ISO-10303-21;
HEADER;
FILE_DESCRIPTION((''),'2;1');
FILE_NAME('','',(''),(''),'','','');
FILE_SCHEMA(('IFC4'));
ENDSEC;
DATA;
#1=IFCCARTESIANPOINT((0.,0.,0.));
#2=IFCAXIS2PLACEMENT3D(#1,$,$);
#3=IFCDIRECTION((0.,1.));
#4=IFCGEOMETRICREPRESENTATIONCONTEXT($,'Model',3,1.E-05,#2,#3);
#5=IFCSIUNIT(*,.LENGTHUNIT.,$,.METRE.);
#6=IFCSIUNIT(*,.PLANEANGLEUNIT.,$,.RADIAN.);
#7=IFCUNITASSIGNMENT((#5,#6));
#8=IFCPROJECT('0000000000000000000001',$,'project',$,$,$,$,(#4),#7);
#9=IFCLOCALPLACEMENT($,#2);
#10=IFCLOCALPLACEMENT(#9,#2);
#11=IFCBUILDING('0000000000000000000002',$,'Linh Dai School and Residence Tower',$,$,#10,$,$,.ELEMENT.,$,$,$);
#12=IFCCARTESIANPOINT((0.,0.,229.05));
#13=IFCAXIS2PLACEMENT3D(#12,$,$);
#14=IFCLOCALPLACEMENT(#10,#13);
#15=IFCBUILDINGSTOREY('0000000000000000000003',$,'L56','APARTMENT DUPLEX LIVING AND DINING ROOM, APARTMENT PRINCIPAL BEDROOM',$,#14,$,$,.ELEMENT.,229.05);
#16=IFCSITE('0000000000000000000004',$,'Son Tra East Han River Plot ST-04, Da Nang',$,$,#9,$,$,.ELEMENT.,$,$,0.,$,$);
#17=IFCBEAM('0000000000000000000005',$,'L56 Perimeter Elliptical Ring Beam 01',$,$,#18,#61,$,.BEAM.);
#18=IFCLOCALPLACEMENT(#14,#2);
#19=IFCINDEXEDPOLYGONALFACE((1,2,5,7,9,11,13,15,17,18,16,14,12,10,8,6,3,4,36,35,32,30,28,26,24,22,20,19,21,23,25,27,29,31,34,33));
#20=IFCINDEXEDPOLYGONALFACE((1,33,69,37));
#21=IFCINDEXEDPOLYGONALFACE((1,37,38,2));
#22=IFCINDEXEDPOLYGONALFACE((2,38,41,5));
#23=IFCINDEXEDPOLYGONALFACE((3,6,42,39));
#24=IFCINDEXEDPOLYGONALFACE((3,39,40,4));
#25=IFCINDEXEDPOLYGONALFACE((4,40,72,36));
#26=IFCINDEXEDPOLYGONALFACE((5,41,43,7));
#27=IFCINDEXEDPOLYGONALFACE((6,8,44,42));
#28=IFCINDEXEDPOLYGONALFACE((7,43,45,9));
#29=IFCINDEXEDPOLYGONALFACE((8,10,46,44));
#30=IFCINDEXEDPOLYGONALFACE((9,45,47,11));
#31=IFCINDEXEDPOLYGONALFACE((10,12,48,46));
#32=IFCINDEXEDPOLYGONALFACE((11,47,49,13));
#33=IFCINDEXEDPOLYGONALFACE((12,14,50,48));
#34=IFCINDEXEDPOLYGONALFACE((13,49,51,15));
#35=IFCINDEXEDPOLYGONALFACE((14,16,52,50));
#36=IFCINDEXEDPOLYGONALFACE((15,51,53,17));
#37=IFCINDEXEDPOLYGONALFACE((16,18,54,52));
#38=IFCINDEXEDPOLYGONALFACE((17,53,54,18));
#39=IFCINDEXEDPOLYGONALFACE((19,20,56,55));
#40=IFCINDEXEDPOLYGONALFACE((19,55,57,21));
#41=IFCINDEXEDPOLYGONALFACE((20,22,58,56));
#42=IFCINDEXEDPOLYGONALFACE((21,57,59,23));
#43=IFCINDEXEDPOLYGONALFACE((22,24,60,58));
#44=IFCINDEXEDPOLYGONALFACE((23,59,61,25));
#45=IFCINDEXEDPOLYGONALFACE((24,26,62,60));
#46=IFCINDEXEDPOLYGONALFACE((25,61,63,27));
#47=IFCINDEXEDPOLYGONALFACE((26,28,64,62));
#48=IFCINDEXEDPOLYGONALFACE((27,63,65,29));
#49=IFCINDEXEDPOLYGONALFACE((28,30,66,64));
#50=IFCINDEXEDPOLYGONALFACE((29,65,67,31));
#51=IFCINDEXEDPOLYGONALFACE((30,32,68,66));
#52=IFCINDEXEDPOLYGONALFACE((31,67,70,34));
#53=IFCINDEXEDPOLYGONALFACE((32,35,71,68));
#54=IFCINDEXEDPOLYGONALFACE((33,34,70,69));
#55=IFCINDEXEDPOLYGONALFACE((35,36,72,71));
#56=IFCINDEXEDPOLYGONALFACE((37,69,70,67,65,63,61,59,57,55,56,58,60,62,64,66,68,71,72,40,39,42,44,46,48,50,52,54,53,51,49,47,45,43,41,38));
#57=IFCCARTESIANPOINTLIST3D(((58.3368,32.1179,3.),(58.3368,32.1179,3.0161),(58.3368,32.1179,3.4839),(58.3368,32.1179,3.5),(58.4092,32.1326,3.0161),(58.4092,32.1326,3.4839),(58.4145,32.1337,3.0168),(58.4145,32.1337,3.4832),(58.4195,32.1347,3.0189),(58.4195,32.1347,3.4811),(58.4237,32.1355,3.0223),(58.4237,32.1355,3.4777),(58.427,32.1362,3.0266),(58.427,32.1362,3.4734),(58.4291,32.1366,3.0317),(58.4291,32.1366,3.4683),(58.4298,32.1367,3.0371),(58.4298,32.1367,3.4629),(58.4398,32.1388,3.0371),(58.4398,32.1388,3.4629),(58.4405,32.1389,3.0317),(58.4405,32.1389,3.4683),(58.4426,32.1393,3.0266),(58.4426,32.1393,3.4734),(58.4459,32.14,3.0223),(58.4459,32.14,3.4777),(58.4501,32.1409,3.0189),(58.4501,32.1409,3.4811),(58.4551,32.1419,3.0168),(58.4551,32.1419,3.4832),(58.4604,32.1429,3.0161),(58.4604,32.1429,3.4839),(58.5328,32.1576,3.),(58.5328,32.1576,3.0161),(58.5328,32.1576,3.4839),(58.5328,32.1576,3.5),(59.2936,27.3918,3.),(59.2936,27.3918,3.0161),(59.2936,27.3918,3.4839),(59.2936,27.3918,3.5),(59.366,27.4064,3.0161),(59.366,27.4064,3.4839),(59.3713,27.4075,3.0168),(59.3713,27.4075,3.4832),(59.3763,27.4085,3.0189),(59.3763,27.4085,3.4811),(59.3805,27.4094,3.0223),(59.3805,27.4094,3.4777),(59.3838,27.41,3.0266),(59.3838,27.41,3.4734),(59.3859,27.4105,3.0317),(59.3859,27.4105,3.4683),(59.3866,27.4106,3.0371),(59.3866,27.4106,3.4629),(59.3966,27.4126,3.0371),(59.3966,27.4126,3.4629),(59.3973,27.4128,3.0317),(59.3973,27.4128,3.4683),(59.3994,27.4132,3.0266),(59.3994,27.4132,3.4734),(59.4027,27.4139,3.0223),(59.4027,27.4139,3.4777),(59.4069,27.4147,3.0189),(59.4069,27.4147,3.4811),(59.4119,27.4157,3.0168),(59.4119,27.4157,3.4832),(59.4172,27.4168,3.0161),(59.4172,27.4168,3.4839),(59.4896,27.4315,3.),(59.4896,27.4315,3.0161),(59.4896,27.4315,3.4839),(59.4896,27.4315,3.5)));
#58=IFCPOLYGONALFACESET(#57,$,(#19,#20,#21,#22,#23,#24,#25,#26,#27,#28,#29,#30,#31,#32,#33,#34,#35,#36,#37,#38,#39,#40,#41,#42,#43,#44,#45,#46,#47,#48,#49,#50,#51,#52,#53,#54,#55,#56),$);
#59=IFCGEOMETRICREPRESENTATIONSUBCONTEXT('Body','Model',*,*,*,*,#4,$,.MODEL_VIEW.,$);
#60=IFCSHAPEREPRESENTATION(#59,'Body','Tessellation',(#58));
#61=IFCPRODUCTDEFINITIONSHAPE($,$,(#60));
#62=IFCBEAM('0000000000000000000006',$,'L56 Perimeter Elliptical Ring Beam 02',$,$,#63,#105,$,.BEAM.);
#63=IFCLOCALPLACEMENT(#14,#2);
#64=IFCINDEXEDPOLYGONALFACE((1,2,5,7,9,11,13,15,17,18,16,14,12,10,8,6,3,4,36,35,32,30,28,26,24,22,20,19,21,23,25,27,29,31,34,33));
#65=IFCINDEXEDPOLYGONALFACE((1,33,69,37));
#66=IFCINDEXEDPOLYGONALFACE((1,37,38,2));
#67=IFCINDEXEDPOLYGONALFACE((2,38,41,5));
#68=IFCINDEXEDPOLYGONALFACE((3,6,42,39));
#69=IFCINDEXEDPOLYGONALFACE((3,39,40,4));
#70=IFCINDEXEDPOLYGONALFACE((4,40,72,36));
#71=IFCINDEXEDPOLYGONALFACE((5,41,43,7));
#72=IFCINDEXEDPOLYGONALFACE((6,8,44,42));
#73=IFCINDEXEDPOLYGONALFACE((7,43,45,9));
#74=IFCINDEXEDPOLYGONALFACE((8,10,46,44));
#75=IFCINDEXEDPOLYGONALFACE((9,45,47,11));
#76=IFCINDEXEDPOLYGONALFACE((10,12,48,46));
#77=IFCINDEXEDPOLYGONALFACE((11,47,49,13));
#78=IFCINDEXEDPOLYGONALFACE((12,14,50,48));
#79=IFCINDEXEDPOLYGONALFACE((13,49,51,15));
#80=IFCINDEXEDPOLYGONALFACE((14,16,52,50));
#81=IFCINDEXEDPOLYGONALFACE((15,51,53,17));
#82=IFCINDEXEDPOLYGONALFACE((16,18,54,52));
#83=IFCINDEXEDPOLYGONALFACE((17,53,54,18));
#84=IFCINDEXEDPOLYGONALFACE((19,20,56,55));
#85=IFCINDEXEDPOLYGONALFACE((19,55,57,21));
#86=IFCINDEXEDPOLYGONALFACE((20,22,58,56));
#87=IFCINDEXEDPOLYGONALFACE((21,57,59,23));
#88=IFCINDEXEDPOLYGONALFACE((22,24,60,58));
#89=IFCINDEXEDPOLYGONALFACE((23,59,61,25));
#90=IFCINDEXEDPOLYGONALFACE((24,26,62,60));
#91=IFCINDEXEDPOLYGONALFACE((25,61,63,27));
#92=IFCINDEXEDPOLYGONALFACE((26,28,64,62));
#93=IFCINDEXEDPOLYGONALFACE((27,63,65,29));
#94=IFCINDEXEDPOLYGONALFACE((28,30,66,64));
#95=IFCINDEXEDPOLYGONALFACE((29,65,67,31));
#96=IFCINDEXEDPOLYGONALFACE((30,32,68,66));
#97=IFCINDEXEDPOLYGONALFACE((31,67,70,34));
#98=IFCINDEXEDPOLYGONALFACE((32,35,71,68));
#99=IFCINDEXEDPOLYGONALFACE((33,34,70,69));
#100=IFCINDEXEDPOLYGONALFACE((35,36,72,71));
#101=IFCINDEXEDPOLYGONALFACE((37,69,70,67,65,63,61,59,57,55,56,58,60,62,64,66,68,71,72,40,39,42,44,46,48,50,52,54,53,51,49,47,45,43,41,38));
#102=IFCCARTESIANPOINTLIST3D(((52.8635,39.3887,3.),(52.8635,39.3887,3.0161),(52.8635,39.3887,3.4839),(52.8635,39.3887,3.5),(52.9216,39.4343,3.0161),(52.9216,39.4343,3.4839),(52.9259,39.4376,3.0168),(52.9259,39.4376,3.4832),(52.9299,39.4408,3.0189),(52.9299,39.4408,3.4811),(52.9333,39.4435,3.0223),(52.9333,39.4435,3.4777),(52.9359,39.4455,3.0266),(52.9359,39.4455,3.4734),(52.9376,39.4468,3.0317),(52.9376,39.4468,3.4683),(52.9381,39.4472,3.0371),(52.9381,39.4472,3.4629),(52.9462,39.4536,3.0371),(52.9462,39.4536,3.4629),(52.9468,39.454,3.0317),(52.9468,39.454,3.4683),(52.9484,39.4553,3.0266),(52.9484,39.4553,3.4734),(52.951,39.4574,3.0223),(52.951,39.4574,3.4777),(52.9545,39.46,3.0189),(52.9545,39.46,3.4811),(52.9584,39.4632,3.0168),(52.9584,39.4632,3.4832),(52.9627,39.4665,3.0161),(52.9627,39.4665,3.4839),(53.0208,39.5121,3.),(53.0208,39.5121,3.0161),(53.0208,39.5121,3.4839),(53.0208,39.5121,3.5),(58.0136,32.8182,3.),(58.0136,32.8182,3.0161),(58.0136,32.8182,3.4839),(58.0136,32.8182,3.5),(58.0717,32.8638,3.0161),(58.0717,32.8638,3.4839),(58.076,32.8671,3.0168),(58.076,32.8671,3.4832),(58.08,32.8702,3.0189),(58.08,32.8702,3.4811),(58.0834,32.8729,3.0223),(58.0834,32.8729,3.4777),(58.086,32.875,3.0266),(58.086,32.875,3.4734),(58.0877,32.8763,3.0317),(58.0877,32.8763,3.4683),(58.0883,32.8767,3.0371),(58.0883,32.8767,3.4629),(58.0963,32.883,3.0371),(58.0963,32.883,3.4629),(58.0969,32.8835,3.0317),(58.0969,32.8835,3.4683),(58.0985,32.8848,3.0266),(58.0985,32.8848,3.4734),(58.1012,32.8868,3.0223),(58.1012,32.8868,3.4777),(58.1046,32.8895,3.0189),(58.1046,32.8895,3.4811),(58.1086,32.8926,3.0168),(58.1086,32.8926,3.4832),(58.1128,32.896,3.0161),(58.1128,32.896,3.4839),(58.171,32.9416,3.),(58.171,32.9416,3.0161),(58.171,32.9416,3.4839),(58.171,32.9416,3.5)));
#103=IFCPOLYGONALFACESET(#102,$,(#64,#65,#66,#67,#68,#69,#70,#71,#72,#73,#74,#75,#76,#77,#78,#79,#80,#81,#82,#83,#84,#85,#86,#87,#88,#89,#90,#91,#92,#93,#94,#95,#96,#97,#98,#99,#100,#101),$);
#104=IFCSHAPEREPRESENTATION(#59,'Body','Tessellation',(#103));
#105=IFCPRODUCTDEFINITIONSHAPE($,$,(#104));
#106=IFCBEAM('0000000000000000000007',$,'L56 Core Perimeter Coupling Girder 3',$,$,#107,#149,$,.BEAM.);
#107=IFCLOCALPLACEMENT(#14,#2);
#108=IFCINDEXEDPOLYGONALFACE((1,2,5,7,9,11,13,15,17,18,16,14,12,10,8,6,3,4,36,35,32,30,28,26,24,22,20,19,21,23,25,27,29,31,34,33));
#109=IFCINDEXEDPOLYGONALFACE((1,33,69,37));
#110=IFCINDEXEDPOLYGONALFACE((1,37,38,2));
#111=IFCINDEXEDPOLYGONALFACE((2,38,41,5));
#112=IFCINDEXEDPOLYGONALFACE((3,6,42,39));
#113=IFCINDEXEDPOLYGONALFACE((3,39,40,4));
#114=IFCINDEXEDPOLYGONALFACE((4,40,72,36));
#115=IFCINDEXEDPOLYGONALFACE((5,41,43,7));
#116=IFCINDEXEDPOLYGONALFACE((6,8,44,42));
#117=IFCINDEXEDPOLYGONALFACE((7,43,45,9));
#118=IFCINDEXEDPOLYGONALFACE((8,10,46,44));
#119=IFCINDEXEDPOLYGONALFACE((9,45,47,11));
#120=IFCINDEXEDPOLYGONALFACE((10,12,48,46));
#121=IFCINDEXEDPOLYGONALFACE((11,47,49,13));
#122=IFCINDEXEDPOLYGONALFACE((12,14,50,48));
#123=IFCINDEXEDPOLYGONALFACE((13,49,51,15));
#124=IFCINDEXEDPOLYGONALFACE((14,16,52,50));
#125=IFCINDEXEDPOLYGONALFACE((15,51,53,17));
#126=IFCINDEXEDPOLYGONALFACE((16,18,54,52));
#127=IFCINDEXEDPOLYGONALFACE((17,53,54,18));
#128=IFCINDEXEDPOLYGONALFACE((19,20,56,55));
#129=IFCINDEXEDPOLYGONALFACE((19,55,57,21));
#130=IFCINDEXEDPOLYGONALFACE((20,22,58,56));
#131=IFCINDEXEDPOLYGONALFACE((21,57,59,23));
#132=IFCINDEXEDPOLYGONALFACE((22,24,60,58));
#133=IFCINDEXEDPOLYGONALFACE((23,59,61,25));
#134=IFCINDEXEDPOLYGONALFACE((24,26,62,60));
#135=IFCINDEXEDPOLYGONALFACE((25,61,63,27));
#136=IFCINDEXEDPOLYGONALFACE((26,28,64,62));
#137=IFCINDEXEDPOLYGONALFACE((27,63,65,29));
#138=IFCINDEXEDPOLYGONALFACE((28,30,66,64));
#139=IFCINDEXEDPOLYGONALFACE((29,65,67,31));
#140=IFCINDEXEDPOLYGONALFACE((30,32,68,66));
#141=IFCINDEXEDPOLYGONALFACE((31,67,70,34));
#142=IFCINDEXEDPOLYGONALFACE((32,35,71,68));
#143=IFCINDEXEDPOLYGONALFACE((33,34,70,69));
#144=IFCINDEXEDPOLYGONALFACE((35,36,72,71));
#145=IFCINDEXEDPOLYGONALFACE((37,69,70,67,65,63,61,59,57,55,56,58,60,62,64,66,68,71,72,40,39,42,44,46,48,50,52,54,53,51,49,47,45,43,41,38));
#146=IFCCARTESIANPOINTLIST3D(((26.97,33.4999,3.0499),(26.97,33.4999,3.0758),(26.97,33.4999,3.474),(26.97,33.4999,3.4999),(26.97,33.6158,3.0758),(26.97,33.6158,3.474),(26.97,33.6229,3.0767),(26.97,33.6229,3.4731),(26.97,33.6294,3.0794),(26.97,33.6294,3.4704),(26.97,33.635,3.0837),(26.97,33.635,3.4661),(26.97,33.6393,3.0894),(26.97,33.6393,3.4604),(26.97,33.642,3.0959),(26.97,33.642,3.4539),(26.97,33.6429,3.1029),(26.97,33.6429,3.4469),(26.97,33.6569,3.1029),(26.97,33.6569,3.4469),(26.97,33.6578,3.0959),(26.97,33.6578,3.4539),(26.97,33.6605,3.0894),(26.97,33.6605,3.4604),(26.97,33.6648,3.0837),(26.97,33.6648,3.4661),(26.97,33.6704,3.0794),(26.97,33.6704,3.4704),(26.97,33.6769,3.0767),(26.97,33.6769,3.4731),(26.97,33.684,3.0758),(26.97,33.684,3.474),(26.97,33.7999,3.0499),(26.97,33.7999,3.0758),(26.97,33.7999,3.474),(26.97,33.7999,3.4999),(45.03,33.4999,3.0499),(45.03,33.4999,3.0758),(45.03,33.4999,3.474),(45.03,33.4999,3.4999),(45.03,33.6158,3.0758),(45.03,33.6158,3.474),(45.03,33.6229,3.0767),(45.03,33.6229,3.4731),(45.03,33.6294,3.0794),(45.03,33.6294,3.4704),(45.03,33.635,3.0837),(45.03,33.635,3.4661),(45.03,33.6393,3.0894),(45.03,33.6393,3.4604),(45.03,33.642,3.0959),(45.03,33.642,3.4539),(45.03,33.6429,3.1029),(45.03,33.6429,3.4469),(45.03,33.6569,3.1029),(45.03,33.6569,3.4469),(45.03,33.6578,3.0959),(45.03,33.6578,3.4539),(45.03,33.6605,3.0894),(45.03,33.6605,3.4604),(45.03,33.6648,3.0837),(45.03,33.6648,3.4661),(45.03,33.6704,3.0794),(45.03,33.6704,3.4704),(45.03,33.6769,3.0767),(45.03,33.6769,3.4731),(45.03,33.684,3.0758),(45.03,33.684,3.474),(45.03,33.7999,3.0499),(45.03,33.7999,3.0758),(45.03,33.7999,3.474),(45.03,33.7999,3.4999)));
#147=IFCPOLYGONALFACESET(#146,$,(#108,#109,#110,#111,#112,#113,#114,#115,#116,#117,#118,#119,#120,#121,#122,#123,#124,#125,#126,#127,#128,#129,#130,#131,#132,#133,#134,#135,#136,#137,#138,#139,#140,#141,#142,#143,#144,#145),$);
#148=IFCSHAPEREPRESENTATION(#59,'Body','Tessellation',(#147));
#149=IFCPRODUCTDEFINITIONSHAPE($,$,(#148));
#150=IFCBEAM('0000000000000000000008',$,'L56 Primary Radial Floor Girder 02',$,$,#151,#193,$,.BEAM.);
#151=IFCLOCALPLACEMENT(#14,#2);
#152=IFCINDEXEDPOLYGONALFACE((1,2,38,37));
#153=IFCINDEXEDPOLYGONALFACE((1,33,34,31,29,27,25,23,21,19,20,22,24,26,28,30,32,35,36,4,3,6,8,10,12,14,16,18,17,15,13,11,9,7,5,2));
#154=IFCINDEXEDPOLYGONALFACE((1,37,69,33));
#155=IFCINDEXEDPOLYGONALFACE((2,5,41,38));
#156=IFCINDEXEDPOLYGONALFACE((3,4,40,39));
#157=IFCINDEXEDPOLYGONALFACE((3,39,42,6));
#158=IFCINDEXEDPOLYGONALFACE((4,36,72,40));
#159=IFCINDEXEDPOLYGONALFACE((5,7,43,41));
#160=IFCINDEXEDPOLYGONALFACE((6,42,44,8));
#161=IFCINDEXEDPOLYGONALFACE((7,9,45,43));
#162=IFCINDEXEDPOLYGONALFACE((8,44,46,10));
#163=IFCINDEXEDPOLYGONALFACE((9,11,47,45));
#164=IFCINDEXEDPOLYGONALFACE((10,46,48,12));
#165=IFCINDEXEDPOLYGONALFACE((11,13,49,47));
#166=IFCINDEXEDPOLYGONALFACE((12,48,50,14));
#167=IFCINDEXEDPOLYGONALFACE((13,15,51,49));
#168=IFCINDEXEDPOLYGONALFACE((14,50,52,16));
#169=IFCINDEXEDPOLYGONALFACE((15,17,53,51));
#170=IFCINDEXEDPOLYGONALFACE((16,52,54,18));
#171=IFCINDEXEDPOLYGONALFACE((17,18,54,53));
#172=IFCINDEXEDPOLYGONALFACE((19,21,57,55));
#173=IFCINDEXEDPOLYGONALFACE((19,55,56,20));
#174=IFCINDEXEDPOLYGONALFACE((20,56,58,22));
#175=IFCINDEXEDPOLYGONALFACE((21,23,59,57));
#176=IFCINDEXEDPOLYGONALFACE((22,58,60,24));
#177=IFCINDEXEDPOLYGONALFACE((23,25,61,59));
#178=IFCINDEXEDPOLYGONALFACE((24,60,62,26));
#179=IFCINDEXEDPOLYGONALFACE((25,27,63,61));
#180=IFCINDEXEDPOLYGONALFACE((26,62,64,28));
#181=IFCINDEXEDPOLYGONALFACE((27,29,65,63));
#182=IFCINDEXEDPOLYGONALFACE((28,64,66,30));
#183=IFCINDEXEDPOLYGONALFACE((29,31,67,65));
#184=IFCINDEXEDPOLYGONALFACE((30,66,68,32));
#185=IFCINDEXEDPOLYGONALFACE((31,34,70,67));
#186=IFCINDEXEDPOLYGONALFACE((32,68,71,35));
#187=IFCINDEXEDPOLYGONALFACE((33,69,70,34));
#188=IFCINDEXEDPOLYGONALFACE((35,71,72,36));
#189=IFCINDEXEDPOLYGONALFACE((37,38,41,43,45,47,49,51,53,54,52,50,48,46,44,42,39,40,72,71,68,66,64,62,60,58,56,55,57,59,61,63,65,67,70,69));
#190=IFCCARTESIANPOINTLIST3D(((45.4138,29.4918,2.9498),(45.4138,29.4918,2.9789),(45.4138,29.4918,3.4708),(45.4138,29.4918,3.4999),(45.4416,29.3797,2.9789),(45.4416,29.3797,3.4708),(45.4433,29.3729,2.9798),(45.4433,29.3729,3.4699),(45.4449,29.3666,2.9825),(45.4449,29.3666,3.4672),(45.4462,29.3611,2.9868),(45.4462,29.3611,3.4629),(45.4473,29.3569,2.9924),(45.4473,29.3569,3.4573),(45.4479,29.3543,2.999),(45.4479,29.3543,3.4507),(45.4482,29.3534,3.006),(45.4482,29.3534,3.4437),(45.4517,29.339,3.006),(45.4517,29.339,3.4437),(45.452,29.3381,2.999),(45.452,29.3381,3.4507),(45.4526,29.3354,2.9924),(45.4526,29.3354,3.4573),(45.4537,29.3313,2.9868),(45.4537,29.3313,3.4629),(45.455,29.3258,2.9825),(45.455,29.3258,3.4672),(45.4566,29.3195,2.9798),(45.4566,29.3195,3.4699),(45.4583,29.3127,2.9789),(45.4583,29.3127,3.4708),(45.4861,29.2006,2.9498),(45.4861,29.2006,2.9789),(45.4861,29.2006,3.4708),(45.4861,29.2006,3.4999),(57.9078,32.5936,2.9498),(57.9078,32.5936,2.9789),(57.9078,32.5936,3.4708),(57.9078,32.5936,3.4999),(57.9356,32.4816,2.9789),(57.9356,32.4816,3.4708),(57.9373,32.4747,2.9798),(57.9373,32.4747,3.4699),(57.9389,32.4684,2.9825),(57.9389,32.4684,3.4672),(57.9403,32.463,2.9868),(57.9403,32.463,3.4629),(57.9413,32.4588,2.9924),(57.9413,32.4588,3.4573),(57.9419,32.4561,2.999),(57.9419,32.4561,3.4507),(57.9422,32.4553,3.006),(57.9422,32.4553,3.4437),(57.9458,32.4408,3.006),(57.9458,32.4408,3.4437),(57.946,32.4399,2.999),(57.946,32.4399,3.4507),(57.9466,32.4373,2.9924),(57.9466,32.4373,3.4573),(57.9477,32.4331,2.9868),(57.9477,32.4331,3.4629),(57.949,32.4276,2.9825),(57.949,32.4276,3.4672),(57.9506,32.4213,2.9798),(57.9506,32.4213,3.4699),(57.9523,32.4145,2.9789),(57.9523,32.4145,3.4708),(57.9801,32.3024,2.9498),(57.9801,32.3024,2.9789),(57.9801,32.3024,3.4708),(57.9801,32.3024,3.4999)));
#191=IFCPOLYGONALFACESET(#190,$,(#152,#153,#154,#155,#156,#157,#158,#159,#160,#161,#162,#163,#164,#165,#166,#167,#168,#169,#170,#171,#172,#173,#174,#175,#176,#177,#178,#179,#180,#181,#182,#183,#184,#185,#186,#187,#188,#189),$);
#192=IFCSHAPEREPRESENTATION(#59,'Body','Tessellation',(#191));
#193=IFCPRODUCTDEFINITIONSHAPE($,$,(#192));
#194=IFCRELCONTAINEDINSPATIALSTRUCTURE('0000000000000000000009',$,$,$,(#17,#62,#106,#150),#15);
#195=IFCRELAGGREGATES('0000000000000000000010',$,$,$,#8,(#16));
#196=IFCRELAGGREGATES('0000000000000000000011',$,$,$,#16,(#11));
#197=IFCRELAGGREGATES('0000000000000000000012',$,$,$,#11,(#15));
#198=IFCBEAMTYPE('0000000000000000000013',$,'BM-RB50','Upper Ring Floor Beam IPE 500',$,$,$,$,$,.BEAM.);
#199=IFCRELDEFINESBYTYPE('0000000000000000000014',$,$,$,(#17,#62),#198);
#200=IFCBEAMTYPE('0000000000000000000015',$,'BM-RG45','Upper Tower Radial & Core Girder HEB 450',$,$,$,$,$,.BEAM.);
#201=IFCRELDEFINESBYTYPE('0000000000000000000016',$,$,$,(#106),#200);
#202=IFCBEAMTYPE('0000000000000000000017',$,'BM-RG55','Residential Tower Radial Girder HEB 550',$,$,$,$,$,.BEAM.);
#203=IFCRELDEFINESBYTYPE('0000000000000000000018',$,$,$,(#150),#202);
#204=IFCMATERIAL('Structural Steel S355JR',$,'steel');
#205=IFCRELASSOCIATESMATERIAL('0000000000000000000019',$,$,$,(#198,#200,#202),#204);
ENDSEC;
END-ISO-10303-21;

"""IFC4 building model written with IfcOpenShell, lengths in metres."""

from ifc_helpers import new_model, si_unit, direction, frame, origin, origin_2d, place, context, subcontext, project, spatial, i_section, extrude, material, material_profile, profile_set, type_object, element, save


model = new_model("IFC4")

# Units and contexts
model_context = context("Model", 3, precision=1e-05, world=origin(), true_north=direction((0.0, 1.0)))
body_context = subcontext(model_context, "Body", "Model", "MODEL_VIEW")
ifc_project = project(units=[si_unit("LENGTHUNIT", "METRE"), si_unit("PLANEANGLEUNIT", "RADIAN")], contexts=[model_context])

# Site, building, storey
site_placement = place(None, origin())
site = spatial("IfcSite", under=ifc_project, at=site_placement, Name="Son Tra East Han River Plot ST-04, Da Nang", CompositionType="ELEMENT", RefElevation=0.0)
building_placement = place(site_placement, origin())
building = spatial("IfcBuilding", under=site, at=building_placement, Name="Linh Dai School and Residence Tower", CompositionType="ELEMENT")
storey_placement = place(building_placement, frame((0.0, 0.0, 229.05)))
storey = spatial("IfcBuildingStorey", under=building, at=storey_placement, Name="L56", Description="APARTMENT DUPLEX LIVING AND DINING ROOM, APARTMENT PRINCIPAL BEDROOM", CompositionType="ELEMENT", Elevation=229.05)

# Shared definitions
ifc_material_1 = material(Name="Structural Steel S355JR", Category="steel")

# Beams
ifc_material_profile_1 = material_profile(ifc_material_1, i_section(OverallWidth=0.2, OverallDepth=0.5, WebThickness=0.0103, FlangeThickness=0.0161, FilletRadius=0.021, at=origin_2d()), Name="IPE 500")
ifc_profile_set_1 = profile_set([ifc_material_profile_1], Name="Structural Steel S355JR")
beam_type_1 = type_object("IfcBeamType", Name="BM-RB50", Description="Upper Ring Floor Beam IPE 500", PredefinedType="BEAM", material=ifc_profile_set_1)
beam_1_placement = place(storey_placement, frame((59.3916, 27.4116, 3.25), z_axis=(-0.198423, 0.980116, 0.0), x_axis=(-0.980116, -0.198423, 0.0)))
element("IfcBeam", 1, at=beam_1_placement, inside=storey, type_object=beam_type_1, Name="L56 Perimeter Elliptical Ring Beam 01", PredefinedType="BEAM", context=body_context, shape_type="SweptSolid", body=[
    extrude(i_section(OverallWidth=0.2, OverallDepth=0.5, WebThickness=0.0103, FlangeThickness=0.0161, FilletRadius=0.021, at=origin_2d()), origin(), (0.0, 0.0, 1.0), 4.822),
])
beam_2_placement = place(storey_placement, frame((58.0923, 32.8799, 3.25), z_axis=(-0.6169, 0.787041, 0.0), x_axis=(-0.787041, -0.6169, 0.0)))
element("IfcBeam", 2, at=beam_2_placement, inside=storey, type_object=beam_type_1, Name="L56 Perimeter Elliptical Ring Beam 02", PredefinedType="BEAM", context=body_context, shape_type="SweptSolid", body=[
    extrude(i_section(OverallWidth=0.2, OverallDepth=0.5, WebThickness=0.0103, FlangeThickness=0.0161, FilletRadius=0.021, at=origin_2d()), origin(), (0.0, 0.0, 1.0), 8.3484),
])
ifc_material_profile_2 = material_profile(ifc_material_1, i_section(OverallWidth=0.3, OverallDepth=0.45, WebThickness=0.0139, FlangeThickness=0.0259, FilletRadius=0.0271, at=origin_2d()), Name="HEB 450")
ifc_profile_set_2 = profile_set([ifc_material_profile_2], Name="Structural Steel S355JR")
beam_type_2 = type_object("IfcBeamType", Name="BM-RG45", Description="Upper Tower Radial & Core Girder HEB 450", PredefinedType="BEAM", material=ifc_profile_set_2)
beam_3_placement = place(storey_placement, frame((45.03, 33.6499, 3.2749), z_axis=(-1.0, 0.0, 0.0), x_axis=(0.0, -1.0, 0.0)))
element("IfcBeam", 3, at=beam_3_placement, inside=storey, type_object=beam_type_2, Name="L56 Core Perimeter Coupling Girder 3", PredefinedType="BEAM", context=body_context, shape_type="SweptSolid", body=[
    extrude(i_section(OverallWidth=0.3, OverallDepth=0.45, WebThickness=0.0139, FlangeThickness=0.0259, FilletRadius=0.0271, at=origin_2d()), origin(), (0.0, 0.0, 1.0), 18.0601),
])
ifc_material_profile_3 = material_profile(ifc_material_1, i_section(OverallWidth=0.3, OverallDepth=0.55, WebThickness=0.0149, FlangeThickness=0.0291, FilletRadius=0.0271, at=origin_2d()), Name="HEB 550")
ifc_profile_set_3 = profile_set([ifc_material_profile_3], Name="Structural Steel S355JR")
beam_type_3 = type_object("IfcBeamType", Name="BM-RG55", Description="Residential Tower Radial Girder HEB 550", PredefinedType="BEAM", material=ifc_profile_set_3)
beam_4_placement = place(storey_placement, frame((45.45, 29.3462, 3.2249), z_axis=(0.970537, 0.240951, 0.0), x_axis=(-0.240951, 0.970537, 0.0)))
element("IfcBeam", 4, at=beam_4_placement, inside=storey, type_object=beam_type_3, Name="L56 Primary Radial Floor Girder 02", PredefinedType="BEAM", context=body_context, shape_type="SweptSolid", body=[
    extrude(i_section(OverallWidth=0.3, OverallDepth=0.55, WebThickness=0.0149, FlangeThickness=0.0291, FilletRadius=0.0271, at=origin_2d()), origin(), (0.0, 0.0, 1.0), 12.8733),
])

save(model, "model.ifc")
